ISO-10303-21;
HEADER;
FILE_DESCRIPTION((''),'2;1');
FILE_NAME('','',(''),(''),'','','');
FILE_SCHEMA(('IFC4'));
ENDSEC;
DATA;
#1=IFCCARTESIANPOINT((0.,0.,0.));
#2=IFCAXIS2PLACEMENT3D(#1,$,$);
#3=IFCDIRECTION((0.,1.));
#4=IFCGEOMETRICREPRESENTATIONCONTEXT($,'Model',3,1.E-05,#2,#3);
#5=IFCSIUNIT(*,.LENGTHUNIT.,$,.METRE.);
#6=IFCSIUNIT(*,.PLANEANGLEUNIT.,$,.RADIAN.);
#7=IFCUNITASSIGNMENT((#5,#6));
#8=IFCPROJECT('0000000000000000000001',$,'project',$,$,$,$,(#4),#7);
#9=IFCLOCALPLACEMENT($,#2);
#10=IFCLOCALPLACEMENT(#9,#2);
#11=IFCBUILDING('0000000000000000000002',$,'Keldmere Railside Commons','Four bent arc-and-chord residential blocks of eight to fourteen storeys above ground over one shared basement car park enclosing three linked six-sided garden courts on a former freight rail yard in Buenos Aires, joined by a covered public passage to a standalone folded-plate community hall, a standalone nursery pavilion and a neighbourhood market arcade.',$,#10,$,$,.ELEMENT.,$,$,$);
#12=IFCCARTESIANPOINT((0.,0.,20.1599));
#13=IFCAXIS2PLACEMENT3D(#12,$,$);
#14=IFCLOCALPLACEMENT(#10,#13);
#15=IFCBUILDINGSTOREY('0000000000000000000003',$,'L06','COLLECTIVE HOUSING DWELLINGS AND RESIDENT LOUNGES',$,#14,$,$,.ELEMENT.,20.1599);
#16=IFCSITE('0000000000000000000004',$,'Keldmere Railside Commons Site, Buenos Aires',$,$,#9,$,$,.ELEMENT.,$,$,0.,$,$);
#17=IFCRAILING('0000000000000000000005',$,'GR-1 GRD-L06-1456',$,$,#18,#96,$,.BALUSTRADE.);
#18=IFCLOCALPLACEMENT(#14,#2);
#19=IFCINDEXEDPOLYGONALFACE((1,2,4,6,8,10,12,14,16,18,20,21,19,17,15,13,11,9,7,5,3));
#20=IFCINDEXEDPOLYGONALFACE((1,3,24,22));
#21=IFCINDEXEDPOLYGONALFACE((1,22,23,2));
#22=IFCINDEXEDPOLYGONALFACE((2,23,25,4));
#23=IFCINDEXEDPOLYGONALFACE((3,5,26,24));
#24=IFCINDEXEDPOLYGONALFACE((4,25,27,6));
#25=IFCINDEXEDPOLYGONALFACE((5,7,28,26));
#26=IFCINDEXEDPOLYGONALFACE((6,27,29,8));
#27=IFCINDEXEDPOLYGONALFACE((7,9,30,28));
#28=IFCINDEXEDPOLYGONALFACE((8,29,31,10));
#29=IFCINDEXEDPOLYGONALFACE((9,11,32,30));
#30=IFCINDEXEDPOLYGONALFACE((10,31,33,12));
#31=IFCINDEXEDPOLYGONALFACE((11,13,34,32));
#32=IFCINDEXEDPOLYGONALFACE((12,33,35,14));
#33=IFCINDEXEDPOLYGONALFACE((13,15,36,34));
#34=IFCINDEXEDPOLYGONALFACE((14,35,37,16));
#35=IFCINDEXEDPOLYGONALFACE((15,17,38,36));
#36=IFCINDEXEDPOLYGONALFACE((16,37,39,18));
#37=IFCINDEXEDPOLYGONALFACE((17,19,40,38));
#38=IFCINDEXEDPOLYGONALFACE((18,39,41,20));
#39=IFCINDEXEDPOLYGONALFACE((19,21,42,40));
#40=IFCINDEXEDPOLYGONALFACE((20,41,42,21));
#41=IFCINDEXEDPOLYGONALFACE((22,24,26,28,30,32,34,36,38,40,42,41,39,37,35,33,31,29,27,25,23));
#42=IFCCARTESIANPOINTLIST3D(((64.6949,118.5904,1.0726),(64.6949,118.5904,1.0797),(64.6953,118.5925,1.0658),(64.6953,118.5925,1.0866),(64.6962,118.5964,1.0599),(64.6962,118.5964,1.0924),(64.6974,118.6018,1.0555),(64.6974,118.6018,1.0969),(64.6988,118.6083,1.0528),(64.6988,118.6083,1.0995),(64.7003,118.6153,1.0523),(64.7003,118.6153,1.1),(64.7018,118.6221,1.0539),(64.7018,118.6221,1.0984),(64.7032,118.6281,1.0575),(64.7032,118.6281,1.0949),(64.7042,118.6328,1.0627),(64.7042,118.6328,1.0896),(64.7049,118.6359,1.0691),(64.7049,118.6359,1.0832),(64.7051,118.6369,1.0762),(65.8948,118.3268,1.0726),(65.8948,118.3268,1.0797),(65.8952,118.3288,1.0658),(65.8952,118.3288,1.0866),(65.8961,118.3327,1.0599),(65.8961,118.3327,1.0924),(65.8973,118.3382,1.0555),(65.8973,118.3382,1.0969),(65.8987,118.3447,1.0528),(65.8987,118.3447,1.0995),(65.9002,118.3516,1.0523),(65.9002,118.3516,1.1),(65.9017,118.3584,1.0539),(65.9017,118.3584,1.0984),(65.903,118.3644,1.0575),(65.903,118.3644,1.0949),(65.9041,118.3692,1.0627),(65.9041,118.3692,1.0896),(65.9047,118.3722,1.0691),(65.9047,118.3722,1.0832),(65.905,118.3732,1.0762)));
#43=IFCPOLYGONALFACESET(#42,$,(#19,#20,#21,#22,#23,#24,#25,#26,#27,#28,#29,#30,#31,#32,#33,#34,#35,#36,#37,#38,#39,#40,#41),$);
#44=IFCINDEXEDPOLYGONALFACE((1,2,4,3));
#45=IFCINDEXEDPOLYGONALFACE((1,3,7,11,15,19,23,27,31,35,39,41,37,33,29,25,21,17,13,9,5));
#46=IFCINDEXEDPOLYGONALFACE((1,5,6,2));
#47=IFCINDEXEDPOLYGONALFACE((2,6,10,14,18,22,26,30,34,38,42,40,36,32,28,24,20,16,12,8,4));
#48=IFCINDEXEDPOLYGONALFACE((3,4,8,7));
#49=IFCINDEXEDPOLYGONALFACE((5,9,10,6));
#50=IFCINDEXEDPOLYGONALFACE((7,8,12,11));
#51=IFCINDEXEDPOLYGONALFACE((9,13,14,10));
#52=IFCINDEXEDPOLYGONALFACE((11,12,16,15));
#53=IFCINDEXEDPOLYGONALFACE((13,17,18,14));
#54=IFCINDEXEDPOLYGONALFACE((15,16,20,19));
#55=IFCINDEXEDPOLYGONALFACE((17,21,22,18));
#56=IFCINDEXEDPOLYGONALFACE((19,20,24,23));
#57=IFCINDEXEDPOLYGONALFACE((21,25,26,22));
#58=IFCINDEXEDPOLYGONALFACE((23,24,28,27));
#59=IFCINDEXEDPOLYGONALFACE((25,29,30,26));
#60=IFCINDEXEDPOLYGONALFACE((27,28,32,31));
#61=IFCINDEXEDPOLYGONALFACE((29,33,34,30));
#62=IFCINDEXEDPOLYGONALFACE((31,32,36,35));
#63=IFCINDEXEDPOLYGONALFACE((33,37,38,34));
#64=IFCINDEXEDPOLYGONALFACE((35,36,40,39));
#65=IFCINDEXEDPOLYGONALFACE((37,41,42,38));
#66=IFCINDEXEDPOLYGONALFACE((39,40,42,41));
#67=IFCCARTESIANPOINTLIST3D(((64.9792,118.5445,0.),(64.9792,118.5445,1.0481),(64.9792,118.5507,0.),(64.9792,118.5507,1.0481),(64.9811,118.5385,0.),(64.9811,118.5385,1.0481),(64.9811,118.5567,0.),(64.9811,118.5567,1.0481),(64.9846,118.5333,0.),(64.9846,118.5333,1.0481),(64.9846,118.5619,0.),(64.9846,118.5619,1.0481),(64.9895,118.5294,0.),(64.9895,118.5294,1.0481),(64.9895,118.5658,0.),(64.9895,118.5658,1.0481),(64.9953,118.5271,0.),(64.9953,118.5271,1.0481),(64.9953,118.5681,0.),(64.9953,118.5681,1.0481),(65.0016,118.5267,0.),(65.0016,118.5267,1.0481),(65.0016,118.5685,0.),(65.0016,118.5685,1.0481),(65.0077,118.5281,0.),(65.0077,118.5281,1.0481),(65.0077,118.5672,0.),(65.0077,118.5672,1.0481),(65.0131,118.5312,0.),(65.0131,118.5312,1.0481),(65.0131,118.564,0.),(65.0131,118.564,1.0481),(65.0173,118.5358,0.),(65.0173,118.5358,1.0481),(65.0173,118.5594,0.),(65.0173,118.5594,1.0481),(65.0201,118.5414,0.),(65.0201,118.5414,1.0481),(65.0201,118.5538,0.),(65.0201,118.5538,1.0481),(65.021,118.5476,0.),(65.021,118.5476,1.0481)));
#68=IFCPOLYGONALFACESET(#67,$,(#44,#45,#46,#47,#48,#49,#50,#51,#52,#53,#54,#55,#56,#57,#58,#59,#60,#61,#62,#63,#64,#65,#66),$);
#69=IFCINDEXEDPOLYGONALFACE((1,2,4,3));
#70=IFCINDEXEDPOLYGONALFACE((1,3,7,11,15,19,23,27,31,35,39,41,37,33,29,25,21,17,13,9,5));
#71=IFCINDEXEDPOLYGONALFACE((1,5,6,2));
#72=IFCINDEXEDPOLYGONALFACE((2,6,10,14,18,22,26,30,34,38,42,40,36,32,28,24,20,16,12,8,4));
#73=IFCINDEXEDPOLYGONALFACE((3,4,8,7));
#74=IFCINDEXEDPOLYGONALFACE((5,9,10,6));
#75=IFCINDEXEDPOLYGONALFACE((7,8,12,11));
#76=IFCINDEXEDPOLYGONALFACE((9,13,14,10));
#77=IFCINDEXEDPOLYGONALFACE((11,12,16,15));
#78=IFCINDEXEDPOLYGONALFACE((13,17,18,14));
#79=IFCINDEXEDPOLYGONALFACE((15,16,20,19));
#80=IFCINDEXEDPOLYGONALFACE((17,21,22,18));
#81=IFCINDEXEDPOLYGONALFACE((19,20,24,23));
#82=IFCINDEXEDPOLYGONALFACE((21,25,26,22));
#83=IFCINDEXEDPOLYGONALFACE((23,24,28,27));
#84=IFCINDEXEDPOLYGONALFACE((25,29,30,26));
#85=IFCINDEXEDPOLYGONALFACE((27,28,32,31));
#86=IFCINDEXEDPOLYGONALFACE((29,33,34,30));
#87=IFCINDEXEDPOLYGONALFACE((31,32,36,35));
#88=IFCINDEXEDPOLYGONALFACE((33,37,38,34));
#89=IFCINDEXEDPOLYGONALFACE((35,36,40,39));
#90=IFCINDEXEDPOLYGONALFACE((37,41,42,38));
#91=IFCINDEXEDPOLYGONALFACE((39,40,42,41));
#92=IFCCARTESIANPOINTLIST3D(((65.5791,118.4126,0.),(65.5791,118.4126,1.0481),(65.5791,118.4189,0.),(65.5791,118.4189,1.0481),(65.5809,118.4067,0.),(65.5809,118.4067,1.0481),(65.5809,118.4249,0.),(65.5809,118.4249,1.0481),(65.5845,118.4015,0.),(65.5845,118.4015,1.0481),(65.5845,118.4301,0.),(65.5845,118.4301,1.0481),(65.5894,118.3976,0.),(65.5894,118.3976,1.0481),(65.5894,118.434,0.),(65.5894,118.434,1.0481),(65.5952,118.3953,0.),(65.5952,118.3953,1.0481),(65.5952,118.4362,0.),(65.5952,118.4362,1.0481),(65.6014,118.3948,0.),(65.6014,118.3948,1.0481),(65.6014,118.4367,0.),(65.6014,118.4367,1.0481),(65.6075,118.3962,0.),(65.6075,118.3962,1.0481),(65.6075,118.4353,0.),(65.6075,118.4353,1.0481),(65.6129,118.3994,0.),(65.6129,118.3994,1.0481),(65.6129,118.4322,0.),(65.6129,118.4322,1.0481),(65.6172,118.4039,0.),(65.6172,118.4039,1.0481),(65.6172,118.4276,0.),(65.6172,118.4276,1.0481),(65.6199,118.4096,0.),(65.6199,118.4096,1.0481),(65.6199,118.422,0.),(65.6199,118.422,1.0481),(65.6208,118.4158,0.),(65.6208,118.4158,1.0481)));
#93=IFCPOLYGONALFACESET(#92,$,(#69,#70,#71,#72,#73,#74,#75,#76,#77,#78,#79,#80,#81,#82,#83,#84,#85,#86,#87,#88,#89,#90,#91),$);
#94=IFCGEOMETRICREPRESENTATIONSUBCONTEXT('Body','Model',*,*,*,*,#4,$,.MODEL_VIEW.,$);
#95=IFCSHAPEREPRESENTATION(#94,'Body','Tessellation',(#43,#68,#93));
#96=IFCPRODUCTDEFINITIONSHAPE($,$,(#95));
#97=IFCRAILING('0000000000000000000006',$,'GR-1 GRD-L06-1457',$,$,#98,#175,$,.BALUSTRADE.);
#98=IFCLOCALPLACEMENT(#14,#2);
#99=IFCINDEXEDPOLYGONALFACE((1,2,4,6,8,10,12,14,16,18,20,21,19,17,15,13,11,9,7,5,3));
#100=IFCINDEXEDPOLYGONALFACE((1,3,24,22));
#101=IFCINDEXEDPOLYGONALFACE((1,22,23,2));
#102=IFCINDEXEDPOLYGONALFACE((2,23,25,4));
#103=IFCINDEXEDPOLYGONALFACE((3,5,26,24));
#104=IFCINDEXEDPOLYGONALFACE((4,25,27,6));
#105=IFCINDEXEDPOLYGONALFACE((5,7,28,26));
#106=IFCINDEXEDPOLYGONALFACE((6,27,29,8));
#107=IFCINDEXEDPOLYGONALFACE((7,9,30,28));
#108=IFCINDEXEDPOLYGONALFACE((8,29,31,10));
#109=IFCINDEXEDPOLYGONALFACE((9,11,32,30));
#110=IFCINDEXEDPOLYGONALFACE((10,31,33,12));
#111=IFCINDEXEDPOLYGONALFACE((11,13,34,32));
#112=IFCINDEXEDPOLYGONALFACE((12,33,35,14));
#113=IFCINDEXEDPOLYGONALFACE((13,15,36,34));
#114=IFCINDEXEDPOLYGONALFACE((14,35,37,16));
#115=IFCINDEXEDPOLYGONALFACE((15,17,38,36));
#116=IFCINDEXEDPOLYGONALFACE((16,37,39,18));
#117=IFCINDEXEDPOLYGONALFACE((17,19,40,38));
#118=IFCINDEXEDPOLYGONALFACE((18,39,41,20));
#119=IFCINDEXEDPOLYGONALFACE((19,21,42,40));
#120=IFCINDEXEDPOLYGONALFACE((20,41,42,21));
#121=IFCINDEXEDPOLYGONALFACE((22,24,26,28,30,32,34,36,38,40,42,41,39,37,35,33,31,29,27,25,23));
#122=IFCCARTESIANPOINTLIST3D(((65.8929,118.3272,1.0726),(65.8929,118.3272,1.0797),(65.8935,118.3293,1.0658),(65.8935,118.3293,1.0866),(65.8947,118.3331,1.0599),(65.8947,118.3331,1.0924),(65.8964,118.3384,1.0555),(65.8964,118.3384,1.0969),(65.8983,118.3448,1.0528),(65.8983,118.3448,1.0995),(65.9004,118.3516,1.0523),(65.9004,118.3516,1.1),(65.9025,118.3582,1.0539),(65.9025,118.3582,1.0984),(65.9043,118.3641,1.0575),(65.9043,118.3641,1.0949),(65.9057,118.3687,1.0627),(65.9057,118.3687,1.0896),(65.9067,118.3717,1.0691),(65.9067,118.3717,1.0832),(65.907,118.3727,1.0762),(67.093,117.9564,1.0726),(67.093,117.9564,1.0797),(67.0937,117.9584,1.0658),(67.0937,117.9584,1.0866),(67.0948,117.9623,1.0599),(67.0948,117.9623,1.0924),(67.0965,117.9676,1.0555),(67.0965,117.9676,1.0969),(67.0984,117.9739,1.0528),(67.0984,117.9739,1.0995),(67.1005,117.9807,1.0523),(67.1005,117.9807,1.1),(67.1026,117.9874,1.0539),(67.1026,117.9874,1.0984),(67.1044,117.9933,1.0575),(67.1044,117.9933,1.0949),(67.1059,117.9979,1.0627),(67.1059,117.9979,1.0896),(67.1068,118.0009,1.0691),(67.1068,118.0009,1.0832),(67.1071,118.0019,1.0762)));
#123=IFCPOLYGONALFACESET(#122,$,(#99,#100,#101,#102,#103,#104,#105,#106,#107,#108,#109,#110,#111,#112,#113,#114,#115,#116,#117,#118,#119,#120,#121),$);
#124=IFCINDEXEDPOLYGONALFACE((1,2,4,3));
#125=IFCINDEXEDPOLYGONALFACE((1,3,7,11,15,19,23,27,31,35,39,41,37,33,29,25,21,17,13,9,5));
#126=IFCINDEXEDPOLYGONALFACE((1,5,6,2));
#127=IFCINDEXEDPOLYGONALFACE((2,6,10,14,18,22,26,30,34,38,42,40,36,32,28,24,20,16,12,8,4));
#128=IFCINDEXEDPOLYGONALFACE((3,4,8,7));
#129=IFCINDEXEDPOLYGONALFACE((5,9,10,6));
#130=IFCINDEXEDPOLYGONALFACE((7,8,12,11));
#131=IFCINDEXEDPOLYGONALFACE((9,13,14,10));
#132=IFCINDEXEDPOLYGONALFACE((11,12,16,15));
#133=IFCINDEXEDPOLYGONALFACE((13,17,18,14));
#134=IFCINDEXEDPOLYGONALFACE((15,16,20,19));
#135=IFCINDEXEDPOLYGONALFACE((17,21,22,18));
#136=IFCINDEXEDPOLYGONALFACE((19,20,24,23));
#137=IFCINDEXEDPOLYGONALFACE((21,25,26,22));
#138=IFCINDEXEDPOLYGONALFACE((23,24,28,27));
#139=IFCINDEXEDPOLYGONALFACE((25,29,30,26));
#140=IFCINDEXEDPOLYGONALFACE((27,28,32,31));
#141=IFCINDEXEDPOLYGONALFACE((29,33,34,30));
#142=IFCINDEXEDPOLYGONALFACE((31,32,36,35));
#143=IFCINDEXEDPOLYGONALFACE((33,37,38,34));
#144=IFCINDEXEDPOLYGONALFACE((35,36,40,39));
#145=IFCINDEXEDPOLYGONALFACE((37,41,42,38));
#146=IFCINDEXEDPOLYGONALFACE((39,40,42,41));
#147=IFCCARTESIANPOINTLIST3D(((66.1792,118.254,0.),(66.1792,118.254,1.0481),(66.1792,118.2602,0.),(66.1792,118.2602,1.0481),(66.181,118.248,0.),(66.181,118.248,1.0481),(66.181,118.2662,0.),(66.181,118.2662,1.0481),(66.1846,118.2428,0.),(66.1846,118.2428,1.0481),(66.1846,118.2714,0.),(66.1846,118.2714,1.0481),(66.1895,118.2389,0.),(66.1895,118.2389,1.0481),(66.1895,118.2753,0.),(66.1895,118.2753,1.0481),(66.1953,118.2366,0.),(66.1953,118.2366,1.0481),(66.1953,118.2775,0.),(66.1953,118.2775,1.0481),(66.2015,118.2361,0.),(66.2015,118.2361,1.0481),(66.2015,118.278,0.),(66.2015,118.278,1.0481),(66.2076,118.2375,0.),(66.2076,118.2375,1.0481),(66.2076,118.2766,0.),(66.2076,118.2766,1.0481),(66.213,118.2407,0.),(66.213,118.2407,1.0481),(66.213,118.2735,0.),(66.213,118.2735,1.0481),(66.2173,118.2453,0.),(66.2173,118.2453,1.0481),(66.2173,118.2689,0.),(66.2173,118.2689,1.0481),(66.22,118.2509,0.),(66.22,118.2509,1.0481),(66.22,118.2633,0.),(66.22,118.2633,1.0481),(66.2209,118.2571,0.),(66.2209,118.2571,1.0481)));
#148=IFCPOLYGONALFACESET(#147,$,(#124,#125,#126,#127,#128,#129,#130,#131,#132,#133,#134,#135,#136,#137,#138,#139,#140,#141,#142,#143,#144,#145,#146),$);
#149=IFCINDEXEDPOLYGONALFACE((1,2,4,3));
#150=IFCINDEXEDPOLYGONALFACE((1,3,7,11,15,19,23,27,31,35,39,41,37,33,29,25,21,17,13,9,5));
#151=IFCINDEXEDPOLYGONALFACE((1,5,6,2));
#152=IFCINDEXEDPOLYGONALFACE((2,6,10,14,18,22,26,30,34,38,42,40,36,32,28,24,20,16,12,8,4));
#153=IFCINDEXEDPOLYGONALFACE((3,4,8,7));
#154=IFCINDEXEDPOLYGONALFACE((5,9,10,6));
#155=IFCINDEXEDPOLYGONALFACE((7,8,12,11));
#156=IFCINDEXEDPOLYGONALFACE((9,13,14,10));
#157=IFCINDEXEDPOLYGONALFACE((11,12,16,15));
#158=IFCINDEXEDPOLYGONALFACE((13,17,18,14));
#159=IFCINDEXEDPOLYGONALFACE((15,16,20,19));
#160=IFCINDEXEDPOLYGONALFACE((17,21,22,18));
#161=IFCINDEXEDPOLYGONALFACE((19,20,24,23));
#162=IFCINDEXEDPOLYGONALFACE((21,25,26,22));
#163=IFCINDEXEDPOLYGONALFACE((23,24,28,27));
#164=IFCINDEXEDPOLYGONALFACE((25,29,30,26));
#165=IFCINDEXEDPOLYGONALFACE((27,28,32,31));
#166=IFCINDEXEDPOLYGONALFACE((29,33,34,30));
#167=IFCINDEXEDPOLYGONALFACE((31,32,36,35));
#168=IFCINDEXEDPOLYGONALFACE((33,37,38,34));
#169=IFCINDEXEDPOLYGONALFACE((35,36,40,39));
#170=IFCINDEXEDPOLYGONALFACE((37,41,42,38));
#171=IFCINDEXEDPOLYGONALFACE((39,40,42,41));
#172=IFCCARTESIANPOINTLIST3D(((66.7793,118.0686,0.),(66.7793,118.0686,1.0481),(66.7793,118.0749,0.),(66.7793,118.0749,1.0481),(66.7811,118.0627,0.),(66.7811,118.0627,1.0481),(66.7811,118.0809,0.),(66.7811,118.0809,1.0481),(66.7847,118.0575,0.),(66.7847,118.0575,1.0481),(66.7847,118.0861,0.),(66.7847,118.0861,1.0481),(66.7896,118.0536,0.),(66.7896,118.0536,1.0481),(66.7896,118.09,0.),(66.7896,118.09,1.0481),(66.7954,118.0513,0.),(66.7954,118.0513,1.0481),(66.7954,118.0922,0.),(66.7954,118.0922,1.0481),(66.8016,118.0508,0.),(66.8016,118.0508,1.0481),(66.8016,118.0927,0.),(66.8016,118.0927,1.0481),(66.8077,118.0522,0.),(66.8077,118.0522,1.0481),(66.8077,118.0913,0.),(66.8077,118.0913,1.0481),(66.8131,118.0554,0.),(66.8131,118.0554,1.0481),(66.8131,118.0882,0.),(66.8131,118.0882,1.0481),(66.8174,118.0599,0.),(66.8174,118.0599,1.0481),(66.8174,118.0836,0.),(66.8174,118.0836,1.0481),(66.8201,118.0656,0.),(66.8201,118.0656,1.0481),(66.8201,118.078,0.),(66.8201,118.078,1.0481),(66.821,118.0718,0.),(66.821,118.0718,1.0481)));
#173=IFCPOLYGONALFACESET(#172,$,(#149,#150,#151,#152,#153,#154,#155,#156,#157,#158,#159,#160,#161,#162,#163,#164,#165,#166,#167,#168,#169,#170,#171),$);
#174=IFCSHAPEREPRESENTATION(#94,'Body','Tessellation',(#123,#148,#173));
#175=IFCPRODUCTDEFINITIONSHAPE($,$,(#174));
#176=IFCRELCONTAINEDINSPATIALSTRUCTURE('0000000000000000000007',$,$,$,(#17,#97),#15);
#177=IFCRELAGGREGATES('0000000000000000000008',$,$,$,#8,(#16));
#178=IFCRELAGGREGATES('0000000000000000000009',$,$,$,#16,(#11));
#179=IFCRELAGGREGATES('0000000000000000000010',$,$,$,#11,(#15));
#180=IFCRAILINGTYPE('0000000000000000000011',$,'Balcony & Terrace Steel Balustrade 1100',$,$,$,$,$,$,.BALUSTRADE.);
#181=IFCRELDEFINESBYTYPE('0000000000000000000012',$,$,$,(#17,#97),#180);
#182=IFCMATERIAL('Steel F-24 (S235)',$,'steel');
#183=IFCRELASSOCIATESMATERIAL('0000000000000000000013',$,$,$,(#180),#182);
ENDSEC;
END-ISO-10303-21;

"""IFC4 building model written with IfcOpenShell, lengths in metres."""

from ifc_helpers import new_model, si_unit, direction, frame, origin, origin_2d, place, context, subcontext, project, spatial, circle, extrude, material, type_object, element, save


model = new_model("IFC4")

# Units and contexts
model_context = context("Model", 3, precision=1e-05, world=origin(), true_north=direction((0.0, 1.0)))
body_context = subcontext(model_context, "Body", "Model", "MODEL_VIEW")
ifc_project = project(units=[si_unit("LENGTHUNIT", "METRE"), si_unit("PLANEANGLEUNIT", "RADIAN")], contexts=[model_context])

# Site, building, storey
site_placement = place(None, origin())
site = spatial("IfcSite", under=ifc_project, at=site_placement, Name="Keldmere Railside Commons Site, Buenos Aires", CompositionType="ELEMENT", RefElevation=0.0)
building_placement = place(site_placement, origin())
building = spatial("IfcBuilding", under=site, at=building_placement, Name="Keldmere Railside Commons", Description="Four bent arc-and-chord residential blocks of eight to fourteen storeys above ground over one shared basement car park enclosing three linked six-sided garden courts on a former freight rail yard in Buenos Aires, joined by a covered public passage to a standalone folded-plate community hall, a standalone nursery pavilion and a neighbourhood market arcade.", CompositionType="ELEMENT")
storey_placement = place(building_placement, frame((0.0, 0.0, 20.1599)))
storey = spatial("IfcBuildingStorey", under=building, at=storey_placement, Name="L06", Description="COLLECTIVE HOUSING DWELLINGS AND RESIDENT LOUNGES", CompositionType="ELEMENT", Elevation=20.1599)

# Railings
ifc_material_1 = material(Name="Steel F-24 (S235)", Category="steel")
railing_type = type_object("IfcRailingType", Name="Balcony & Terrace Steel Balustrade 1100", PredefinedType="BALUSTRADE", material=ifc_material_1)
railing_1_placement = place(storey_placement, frame((64.7, 118.6135, 0.0)))
element("IfcRailing", 1, at=railing_1_placement, inside=storey, type_object=railing_type, Name="GR-1 GRD-L06-1456", PredefinedType="BALUSTRADE", context=body_context, shape_type="SweptSolid", body=[
    extrude(circle(Radius=0.0239, at=origin_2d()), frame((0.0, 0.0, 1.0762), z_axis=(0.976699, -0.214615, 0.0), x_axis=(0.214615, 0.976699, 0.0)), (0.0, 0.0, 1.0), 1.2285),
    extrude(circle(Radius=0.021, at=origin_2d()), frame((0.3, -0.0659, 0.0)), (0.0, 0.0, 1.0), 1.0481),
    extrude(circle(Radius=0.021, at=origin_2d()), frame((0.8999, -0.1978, 0.0)), (0.0, 0.0, 1.0), 1.0481),
])
railing_2_placement = place(storey_placement, frame((65.8999, 118.3499, 0.0)))
element("IfcRailing", 2, at=railing_2_placement, inside=storey, type_object=railing_type, Name="GR-1 GRD-L06-1457", PredefinedType="BALUSTRADE", context=body_context, shape_type="SweptSolid", body=[
    extrude(circle(Radius=0.0239, at=origin_2d()), frame((0.0, 0.0, 1.0762), z_axis=(0.95543, -0.295219, 0.0), x_axis=(0.295219, 0.95543, 0.0)), (0.0, 0.0, 1.0), 1.2561),
    extrude(circle(Radius=0.021, at=origin_2d()), frame((0.3, -0.0928, 0.0)), (0.0, 0.0, 1.0), 1.0481),
    extrude(circle(Radius=0.021, at=origin_2d()), frame((0.9001, -0.2781, 0.0)), (0.0, 0.0, 1.0), 1.0481),
])

save(model, "model.ifc")
